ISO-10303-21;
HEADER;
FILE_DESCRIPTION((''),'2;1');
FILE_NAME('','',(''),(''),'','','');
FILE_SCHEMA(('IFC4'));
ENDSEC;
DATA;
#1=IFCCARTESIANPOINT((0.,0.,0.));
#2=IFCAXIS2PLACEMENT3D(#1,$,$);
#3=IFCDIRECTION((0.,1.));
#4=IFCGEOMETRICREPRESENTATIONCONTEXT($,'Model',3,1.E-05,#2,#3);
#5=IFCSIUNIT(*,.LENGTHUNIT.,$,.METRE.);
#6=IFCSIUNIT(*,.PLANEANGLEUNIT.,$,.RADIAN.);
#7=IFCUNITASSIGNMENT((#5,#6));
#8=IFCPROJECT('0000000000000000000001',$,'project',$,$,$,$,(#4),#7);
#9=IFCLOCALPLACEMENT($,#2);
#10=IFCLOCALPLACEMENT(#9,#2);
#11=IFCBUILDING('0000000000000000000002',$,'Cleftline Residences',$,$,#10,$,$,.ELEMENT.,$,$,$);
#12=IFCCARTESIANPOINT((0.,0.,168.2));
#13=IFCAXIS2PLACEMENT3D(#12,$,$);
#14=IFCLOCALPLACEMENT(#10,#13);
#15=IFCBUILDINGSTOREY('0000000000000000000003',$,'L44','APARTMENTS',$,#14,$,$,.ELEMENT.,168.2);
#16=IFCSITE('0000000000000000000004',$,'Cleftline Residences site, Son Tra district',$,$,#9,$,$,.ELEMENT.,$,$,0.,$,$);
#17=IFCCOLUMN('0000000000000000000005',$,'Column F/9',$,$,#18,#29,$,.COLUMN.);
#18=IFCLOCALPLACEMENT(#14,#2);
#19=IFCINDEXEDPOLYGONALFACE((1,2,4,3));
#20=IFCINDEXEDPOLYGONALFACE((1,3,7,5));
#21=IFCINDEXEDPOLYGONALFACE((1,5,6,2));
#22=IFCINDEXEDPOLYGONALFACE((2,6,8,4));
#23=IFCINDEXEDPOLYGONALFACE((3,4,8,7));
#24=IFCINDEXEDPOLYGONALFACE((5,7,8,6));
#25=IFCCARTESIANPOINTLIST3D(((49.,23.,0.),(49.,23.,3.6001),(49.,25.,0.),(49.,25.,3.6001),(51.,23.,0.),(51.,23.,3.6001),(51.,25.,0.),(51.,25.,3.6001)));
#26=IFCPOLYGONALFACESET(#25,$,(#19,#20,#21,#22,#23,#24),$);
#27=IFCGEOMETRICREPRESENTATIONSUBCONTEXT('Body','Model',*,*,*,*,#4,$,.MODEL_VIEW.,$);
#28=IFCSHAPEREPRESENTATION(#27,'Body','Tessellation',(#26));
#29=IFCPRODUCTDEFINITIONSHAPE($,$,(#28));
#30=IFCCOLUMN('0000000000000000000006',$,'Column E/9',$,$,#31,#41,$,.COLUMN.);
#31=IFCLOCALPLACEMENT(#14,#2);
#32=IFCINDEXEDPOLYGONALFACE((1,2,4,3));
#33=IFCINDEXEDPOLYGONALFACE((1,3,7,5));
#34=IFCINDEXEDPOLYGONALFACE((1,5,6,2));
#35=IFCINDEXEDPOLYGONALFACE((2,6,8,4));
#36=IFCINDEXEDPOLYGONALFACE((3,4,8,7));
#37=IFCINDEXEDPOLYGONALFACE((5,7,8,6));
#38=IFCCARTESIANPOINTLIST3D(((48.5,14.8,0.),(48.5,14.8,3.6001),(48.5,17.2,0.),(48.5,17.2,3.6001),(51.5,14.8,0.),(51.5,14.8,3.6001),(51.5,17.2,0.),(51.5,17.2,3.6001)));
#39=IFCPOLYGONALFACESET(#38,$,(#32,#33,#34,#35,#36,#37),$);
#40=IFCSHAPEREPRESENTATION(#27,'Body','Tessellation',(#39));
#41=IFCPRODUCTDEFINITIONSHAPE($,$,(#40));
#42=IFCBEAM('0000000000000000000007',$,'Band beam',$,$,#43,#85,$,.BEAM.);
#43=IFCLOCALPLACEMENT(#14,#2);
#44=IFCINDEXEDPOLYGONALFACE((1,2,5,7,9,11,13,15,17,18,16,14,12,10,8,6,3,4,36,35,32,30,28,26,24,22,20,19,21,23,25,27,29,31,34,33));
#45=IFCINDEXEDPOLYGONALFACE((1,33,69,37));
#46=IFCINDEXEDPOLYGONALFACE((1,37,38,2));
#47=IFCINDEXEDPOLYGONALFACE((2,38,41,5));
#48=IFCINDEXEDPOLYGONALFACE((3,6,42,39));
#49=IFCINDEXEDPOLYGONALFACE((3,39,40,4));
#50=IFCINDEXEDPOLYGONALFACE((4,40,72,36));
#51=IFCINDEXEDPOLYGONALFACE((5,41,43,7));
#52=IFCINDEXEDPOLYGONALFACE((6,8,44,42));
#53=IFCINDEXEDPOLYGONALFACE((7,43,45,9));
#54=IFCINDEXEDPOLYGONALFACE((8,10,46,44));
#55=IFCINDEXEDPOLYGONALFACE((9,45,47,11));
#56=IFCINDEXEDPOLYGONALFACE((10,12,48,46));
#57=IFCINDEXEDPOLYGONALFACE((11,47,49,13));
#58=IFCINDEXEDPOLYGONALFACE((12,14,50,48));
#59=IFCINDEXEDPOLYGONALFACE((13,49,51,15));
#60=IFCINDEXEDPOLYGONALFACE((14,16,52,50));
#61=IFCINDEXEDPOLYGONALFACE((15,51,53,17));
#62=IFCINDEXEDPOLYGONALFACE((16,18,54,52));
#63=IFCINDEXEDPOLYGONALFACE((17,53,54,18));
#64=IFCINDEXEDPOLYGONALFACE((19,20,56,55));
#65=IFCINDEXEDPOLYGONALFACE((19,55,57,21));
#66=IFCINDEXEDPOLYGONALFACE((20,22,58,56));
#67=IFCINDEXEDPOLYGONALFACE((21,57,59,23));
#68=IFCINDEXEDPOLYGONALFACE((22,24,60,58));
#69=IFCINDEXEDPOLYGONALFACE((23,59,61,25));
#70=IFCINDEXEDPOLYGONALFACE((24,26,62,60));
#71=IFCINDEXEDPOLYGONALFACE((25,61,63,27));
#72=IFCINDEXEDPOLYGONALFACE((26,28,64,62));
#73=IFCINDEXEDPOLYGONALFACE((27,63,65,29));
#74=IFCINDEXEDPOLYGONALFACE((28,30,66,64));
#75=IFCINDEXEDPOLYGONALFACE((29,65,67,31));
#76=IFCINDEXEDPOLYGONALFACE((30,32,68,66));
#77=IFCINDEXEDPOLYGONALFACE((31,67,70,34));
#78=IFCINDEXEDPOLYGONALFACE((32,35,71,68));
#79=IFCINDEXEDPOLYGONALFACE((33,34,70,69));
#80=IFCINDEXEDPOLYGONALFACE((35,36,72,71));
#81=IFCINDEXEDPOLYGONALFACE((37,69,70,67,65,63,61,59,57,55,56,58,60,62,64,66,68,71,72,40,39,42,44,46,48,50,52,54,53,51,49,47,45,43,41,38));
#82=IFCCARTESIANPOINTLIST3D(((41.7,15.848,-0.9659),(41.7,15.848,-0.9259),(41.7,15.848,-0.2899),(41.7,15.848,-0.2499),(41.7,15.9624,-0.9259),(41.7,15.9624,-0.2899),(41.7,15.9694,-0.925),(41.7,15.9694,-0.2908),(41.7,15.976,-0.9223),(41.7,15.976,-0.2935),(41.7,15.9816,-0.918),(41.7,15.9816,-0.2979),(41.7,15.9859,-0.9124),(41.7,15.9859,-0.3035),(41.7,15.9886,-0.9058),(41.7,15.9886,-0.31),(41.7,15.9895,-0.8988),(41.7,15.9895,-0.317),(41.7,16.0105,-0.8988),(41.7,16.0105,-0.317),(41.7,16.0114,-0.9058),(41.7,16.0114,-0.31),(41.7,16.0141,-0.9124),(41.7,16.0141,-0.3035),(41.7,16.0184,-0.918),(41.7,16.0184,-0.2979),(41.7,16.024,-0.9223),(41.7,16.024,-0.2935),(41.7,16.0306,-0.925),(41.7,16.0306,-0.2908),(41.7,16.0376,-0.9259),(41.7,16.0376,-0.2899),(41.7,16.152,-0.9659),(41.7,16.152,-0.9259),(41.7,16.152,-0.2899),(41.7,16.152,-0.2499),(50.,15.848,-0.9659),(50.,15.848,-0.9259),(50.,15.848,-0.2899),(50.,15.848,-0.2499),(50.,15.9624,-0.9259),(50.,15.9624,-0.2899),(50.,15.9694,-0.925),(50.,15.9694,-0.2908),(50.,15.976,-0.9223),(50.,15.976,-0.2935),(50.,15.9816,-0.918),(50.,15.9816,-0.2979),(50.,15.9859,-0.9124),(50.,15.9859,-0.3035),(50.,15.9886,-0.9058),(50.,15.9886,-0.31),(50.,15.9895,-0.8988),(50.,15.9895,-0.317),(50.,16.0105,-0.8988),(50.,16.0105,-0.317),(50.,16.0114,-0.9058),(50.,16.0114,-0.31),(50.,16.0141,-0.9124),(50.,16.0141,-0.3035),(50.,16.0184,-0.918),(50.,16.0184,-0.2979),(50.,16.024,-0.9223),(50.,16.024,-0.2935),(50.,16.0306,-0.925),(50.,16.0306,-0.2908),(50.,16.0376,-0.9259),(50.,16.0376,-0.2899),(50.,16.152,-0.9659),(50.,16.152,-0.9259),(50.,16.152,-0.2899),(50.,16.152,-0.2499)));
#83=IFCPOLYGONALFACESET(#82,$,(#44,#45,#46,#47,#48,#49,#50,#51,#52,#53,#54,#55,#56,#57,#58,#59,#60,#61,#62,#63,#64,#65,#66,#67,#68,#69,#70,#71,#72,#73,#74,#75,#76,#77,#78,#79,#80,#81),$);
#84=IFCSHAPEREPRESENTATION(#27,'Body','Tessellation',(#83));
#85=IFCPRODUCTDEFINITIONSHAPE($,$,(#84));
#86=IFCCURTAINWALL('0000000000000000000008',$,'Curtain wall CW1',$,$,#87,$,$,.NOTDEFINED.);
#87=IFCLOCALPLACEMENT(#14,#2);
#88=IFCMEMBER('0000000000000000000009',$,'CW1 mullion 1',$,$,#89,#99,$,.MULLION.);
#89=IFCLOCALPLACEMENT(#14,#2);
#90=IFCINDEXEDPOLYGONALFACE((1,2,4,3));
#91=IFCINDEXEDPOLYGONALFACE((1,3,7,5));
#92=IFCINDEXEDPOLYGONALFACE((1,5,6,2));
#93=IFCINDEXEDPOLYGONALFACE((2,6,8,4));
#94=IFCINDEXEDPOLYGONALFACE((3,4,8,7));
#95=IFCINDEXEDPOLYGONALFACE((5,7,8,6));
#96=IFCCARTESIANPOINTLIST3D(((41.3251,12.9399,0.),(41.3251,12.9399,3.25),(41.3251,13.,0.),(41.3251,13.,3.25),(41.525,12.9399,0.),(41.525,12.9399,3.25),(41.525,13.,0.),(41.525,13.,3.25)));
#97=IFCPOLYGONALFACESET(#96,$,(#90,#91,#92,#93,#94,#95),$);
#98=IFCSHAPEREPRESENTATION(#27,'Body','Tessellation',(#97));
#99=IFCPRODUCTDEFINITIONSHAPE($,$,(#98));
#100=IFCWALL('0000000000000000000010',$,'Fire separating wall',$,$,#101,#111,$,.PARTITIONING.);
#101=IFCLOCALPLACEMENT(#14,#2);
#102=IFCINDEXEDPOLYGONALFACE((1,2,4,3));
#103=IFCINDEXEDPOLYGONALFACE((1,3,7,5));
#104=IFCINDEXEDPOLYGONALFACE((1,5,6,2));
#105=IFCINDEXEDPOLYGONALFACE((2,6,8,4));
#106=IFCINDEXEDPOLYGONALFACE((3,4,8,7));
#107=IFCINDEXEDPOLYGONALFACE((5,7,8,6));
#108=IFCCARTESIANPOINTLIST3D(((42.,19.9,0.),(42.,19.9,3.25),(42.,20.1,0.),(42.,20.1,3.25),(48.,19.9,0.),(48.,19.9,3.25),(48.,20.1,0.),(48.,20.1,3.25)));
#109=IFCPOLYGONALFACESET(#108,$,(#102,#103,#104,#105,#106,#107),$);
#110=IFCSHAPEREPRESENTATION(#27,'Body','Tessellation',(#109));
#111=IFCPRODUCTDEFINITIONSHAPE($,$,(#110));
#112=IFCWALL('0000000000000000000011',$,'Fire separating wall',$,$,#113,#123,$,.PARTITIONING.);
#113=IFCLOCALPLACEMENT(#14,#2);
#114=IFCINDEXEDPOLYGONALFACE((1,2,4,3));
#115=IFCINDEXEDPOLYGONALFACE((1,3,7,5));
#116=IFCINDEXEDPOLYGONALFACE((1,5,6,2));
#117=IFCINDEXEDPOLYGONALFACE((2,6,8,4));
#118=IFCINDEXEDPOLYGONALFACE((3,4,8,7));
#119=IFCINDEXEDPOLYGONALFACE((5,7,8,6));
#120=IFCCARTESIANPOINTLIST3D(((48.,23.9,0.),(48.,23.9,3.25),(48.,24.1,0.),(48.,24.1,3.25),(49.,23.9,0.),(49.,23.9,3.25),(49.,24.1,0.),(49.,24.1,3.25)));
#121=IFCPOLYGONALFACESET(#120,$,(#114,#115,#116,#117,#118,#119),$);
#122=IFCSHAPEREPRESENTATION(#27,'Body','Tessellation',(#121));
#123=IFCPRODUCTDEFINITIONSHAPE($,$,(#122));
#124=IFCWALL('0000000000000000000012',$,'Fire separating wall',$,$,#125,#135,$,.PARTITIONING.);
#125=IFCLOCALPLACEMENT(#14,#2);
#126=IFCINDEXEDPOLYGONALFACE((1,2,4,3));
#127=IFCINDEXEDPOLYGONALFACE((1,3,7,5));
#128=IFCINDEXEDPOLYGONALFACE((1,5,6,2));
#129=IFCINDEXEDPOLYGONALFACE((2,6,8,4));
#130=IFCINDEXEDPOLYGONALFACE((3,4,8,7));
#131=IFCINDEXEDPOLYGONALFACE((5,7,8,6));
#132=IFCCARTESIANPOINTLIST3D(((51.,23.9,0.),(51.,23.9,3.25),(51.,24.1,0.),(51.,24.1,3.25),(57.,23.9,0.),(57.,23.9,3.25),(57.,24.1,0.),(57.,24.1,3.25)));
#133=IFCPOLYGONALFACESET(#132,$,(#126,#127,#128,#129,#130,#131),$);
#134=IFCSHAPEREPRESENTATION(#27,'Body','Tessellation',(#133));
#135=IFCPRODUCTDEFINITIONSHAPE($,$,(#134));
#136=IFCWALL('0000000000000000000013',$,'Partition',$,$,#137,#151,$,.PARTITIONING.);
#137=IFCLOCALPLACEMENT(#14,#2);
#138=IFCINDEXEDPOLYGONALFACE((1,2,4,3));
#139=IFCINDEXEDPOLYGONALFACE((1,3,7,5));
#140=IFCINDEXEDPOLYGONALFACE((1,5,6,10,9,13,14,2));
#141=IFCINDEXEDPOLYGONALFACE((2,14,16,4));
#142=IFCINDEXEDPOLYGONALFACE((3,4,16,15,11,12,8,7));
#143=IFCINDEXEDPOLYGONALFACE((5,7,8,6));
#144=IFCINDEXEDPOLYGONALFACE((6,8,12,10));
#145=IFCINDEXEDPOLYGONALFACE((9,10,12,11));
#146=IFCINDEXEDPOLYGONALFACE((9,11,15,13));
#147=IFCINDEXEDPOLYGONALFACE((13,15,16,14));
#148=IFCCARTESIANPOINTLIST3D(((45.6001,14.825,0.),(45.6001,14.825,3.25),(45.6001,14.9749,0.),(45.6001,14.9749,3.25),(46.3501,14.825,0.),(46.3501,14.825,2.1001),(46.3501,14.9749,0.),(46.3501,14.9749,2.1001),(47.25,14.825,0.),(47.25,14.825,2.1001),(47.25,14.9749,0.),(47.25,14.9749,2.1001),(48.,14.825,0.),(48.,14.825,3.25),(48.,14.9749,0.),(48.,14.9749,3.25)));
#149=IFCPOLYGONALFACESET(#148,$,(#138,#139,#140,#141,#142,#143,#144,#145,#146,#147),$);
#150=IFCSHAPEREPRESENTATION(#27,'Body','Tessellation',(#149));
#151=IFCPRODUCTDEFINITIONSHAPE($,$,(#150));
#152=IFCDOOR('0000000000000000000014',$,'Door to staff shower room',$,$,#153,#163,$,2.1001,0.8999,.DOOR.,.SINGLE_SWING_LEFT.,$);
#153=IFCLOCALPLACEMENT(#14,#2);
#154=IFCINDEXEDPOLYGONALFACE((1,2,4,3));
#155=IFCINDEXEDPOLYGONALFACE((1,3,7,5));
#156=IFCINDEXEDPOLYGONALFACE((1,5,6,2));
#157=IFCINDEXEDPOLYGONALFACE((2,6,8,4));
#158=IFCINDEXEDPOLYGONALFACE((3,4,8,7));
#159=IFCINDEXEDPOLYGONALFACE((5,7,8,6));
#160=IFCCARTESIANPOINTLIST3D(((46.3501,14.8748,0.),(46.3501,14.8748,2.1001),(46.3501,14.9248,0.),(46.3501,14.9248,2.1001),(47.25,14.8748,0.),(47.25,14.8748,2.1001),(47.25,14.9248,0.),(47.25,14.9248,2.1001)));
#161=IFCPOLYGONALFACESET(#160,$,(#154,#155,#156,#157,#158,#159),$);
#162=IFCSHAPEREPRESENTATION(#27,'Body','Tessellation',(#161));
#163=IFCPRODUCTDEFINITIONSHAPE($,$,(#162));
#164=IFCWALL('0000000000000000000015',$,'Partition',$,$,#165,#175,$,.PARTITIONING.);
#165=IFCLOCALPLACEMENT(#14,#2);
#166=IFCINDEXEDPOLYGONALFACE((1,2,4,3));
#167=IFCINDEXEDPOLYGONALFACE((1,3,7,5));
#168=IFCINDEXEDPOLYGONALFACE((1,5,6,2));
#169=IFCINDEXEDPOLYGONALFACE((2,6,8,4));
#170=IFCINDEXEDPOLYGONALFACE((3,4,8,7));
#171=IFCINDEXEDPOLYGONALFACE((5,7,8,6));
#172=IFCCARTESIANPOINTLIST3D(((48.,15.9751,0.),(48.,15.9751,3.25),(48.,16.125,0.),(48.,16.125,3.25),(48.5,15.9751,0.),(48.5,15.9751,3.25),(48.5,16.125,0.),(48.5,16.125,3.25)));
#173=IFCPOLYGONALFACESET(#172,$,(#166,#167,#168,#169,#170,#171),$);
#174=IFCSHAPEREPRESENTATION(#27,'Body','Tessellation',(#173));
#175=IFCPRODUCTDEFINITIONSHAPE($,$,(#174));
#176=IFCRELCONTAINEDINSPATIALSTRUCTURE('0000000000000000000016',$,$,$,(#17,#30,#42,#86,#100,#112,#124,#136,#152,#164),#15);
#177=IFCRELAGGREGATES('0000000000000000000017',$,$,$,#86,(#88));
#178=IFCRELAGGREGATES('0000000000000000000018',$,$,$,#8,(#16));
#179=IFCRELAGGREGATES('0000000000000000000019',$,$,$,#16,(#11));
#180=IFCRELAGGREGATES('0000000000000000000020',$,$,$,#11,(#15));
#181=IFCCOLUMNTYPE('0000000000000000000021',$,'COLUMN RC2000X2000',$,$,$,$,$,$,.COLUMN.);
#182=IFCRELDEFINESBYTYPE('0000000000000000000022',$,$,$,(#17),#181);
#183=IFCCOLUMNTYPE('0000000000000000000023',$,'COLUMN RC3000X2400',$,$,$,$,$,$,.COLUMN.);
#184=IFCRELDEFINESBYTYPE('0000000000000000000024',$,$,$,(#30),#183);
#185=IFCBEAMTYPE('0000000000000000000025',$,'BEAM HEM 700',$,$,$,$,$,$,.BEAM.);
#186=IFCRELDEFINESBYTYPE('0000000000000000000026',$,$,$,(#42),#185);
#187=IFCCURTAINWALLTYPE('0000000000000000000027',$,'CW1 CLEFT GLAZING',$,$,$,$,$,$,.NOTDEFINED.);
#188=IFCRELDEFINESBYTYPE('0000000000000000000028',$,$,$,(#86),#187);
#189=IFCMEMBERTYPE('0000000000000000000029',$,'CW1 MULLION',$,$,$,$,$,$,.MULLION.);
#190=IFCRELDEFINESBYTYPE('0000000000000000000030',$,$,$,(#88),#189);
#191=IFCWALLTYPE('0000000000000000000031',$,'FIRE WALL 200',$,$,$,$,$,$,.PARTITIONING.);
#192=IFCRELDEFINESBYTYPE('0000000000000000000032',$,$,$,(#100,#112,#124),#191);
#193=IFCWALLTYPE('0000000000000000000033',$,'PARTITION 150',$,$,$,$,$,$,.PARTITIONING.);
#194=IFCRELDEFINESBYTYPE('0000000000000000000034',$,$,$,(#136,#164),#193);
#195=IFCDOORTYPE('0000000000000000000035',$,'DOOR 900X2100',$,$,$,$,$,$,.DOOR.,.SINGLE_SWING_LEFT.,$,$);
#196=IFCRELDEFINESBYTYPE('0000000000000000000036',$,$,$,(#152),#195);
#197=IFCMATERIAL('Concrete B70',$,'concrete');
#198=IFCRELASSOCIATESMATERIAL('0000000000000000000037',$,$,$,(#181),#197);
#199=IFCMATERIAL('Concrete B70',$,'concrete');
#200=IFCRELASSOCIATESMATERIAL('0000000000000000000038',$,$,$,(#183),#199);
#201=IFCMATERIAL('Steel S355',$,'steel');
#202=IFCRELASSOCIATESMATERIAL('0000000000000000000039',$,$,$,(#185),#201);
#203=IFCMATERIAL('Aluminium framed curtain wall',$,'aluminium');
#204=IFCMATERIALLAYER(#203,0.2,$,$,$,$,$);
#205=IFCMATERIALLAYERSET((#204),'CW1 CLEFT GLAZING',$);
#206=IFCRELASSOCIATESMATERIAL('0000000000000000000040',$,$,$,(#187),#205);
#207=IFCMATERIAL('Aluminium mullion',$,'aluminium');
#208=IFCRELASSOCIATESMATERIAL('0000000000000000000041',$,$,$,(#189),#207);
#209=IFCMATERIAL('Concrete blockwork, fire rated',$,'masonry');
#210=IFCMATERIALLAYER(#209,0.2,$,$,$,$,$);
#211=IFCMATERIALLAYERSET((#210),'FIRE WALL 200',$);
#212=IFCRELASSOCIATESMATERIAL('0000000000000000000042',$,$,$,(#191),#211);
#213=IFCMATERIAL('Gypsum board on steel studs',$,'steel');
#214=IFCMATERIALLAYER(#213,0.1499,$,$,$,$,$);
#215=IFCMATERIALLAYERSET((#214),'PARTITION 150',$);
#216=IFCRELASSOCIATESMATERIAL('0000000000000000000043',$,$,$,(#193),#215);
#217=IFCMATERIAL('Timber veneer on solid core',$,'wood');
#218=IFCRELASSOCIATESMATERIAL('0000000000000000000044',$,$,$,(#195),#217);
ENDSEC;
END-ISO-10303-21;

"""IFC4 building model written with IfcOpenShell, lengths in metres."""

from ifc_helpers import new_model, si_unit, direction, frame, frame_2d, origin, origin_2d, place, context, subcontext, project, spatial, rectangle, i_section, extrude, material, layer, layer_set, material_profile, profile_set, type_object, element, fill, aggregate, save


model = new_model("IFC4")

# Units and contexts
model_context = context("Model", 3, precision=1e-05, world=origin(), true_north=direction((0.0, 1.0)))
body_context = subcontext(model_context, "Body", "Model", "MODEL_VIEW")
ifc_project = project(units=[si_unit("LENGTHUNIT", "METRE"), si_unit("PLANEANGLEUNIT", "RADIAN")], contexts=[model_context])

# Site, building, storey
site_placement = place(None, origin())
site = spatial("IfcSite", under=ifc_project, at=site_placement, Name="Cleftline Residences site, Son Tra district", CompositionType="ELEMENT", RefElevation=0.0)
building_placement = place(site_placement, origin())
building = spatial("IfcBuilding", under=site, at=building_placement, Name="Cleftline Residences", CompositionType="ELEMENT")
storey_placement = place(building_placement, frame((0.0, 0.0, 168.2)))
storey = spatial("IfcBuildingStorey", under=building, at=storey_placement, Name="L44", Description="APARTMENTS", CompositionType="ELEMENT", Elevation=168.2)

# Columns
ifc_material_1 = material(Name="Concrete B70", Category="concrete")
ifc_material_profile_1 = material_profile(ifc_material_1, rectangle(XDim=2.0, YDim=2.0, at=origin_2d()))
ifc_profile_set_1 = profile_set([ifc_material_profile_1], Name="Concrete B70")
column_type_1 = type_object("IfcColumnType", Name="COLUMN RC2000X2000", PredefinedType="COLUMN", material=ifc_profile_set_1)
column_1_placement = place(storey_placement, frame((50.0, 24.0, 0.0), z_axis=(0.0, 0.0, 1.0), x_axis=(1.0, 0.0, 0.0)))
element("IfcColumn", 1, at=column_1_placement, inside=storey, type_object=column_type_1, Name="Column F/9", PredefinedType="COLUMN", context=body_context, shape_type="SweptSolid", body=[
    extrude(rectangle(XDim=2.0, YDim=2.0, at=origin_2d()), origin(), (0.0, 0.0, 1.0), 3.6001),
])
ifc_material_2 = material(Name="Concrete B70", Category="concrete")
ifc_material_profile_2 = material_profile(ifc_material_2, rectangle(XDim=3.0, YDim=2.3999, at=origin_2d()))
ifc_profile_set_2 = profile_set([ifc_material_profile_2], Name="Concrete B70")
column_type_2 = type_object("IfcColumnType", Name="COLUMN RC3000X2400", PredefinedType="COLUMN", material=ifc_profile_set_2)
column_2_placement = place(storey_placement, frame((50.0, 16.0, 0.0), z_axis=(0.0, 0.0, 1.0), x_axis=(1.0, 0.0, 0.0)))
element("IfcColumn", 2, at=column_2_placement, inside=storey, type_object=column_type_2, Name="Column E/9", PredefinedType="COLUMN", context=body_context, shape_type="SweptSolid", body=[
    extrude(rectangle(XDim=3.0, YDim=2.3999, at=origin_2d()), origin(), (0.0, 0.0, 1.0), 3.6001),
])

# Beam
ifc_material_3 = material(Name="Steel S355", Category="steel")
ifc_material_profile_3 = material_profile(ifc_material_3, i_section(OverallWidth=0.304, OverallDepth=0.7161, WebThickness=0.021, FlangeThickness=0.04, FilletRadius=0.0271, at=origin_2d()))
ifc_profile_set_3 = profile_set([ifc_material_profile_3], Name="Steel S355")
beam_type = type_object("IfcBeamType", Name="BEAM HEM 700", PredefinedType="BEAM", material=ifc_profile_set_3)
beam_placement = place(storey_placement, frame((50.0, 16.0, -0.6079), z_axis=(-1.0, 0.0, 0.0), x_axis=(0.0, -1.0, 0.0)))
element("IfcBeam", 3, at=beam_placement, inside=storey, type_object=beam_type, Name="Band beam", PredefinedType="BEAM", context=body_context, shape_type="SweptSolid", body=[
    extrude(i_section(OverallWidth=0.304, OverallDepth=0.7161, WebThickness=0.021, FlangeThickness=0.04, FilletRadius=0.0271, at=origin_2d()), origin(), (0.0, 0.0, 1.0), 8.3),
])

# Curtain wall, member
ifc_material_4 = material(Name="Aluminium framed curtain wall", Category="aluminium")
ifc_layer_1 = layer(ifc_material_4, 0.2)
ifc_layer_set_1 = layer_set([ifc_layer_1], Name="CW1 CLEFT GLAZING")
curtain_wall_type = type_object("IfcCurtainWallType", Name="CW1 CLEFT GLAZING", PredefinedType="NOTDEFINED", material=ifc_layer_set_1)
curtain_wall_placement = place(storey_placement, origin())
curtain_wall = element("IfcCurtainWall", 4, at=curtain_wall_placement, inside=storey, type_object=curtain_wall_type, Name="Curtain wall CW1", PredefinedType="NOTDEFINED")
ifc_material_5 = material(Name="Aluminium mullion", Category="aluminium")
ifc_material_profile_4 = material_profile(ifc_material_5, rectangle(XDim=0.2, YDim=0.0601, at=origin_2d()))
ifc_profile_set_4 = profile_set([ifc_material_profile_4], Name="Aluminium mullion")
member_type = type_object("IfcMemberType", Name="CW1 MULLION", PredefinedType="MULLION", material=ifc_profile_set_4)
member_placement = place(storey_placement, frame((41.425, 12.97, 0.0), z_axis=(0.0, 0.0, 1.0), x_axis=(1.0, 0.0, 0.0)))
member = element("IfcMember", 5, at=member_placement, type_object=member_type, Name="CW1 mullion 1", PredefinedType="MULLION", context=body_context, shape_type="SweptSolid", body=[
    extrude(rectangle(XDim=0.2, YDim=0.0601, at=origin_2d()), origin(), (0.0, 0.0, 1.0), 3.25),
])
aggregate(curtain_wall, [member])

# Walls
ifc_material_6 = material(Name="Concrete blockwork, fire rated", Category="masonry")
ifc_layer_2 = layer(ifc_material_6, 0.2)
ifc_layer_set_2 = layer_set([ifc_layer_2], Name="FIRE WALL 200")
wall_type_1 = type_object("IfcWallType", Name="FIRE WALL 200", PredefinedType="PARTITIONING", material=ifc_layer_set_2)
wall_1_placement = place(storey_placement, frame((42.0, 20.0, 0.0), z_axis=(0.0, 0.0, 1.0), x_axis=(1.0, 0.0, 0.0)))
element("IfcWall", 6, at=wall_1_placement, inside=storey, type_object=wall_type_1, Name="Fire separating wall", PredefinedType="PARTITIONING", context=body_context, shape_type="SweptSolid", body=[
    extrude(rectangle(XDim=6.0, YDim=0.2, at=frame_2d((3.0, 0.0))), origin(), (0.0, 0.0, 1.0), 3.25),
])
wall_2_placement = place(storey_placement, frame((48.0, 24.0, 0.0), z_axis=(0.0, 0.0, 1.0), x_axis=(1.0, 0.0, 0.0)))
element("IfcWall", 7, at=wall_2_placement, inside=storey, type_object=wall_type_1, Name="Fire separating wall", PredefinedType="PARTITIONING", context=body_context, shape_type="SweptSolid", body=[
    extrude(rectangle(XDim=1.0, YDim=0.2, at=frame_2d((0.5, 0.0))), origin(), (0.0, 0.0, 1.0), 3.25),
])
wall_3_placement = place(storey_placement, frame((51.0, 24.0, 0.0), z_axis=(0.0, 0.0, 1.0), x_axis=(1.0, 0.0, 0.0)))
element("IfcWall", 8, at=wall_3_placement, inside=storey, type_object=wall_type_1, Name="Fire separating wall", PredefinedType="PARTITIONING", context=body_context, shape_type="SweptSolid", body=[
    extrude(rectangle(XDim=6.0, YDim=0.2, at=frame_2d((3.0, 0.0))), origin(), (0.0, 0.0, 1.0), 3.25),
])

# Wall, opening, door
ifc_material_7 = material(Name="Gypsum board on steel studs", Category="steel")
ifc_layer_3 = layer(ifc_material_7, 0.1499)
ifc_layer_set_3 = layer_set([ifc_layer_3], Name="PARTITION 150")
wall_type_2 = type_object("IfcWallType", Name="PARTITION 150", PredefinedType="PARTITIONING", material=ifc_layer_set_3)
wall_4_placement = place(storey_placement, frame((45.6001, 14.8999, 0.0), z_axis=(0.0, 0.0, 1.0), x_axis=(1.0, 0.0, 0.0)))
wall_4 = element("IfcWall", 9, at=wall_4_placement, inside=storey, type_object=wall_type_2, Name="Partition", PredefinedType="PARTITIONING", context=body_context, shape_type="SweptSolid", body=[
    extrude(rectangle(XDim=2.3999, YDim=0.1499, at=frame_2d((1.2, 0.0))), origin(), (0.0, 0.0, 1.0), 3.25),
])
opening_1_placement = place(wall_4_placement, frame((0.75, 0.0, 0.0)))
opening_1 = element("IfcOpeningElement", 10, at=opening_1_placement, cuts=wall_4, PredefinedType="OPENING", context=body_context, shape_type="SweptSolid", body=[
    extrude(rectangle(XDim=0.8999, YDim=2.1001, at=frame_2d((0.45, 1.05))), frame((0.0, 0.085, 0.0), z_axis=(0.0, -1.0, 0.0), x_axis=(1.0, 0.0, 0.0)), (0.0, 0.0, 1.0), 0.1699),
])
ifc_material_8 = material(Name="Timber veneer on solid core", Category="wood")
door_type_1 = type_object("IfcDoorType", Name="DOOR 900X2100", OperationType="SINGLE_SWING_LEFT", PredefinedType="DOOR", material=ifc_material_8)
door_1_placement = place(opening_1_placement, origin())
door_1 = element("IfcDoor", 11, at=door_1_placement, inside=storey, type_object=door_type_1, Name="Door to staff shower room", OperationType="SINGLE_SWING_LEFT", OverallHeight=2.1001, OverallWidth=0.8999, PredefinedType="DOOR", context=body_context, shape_type="SweptSolid", body=[
    extrude(rectangle(XDim=0.8999, YDim=2.1001, at=frame_2d((0.45, 1.05))), frame((0.0, 0.0249, 0.0), z_axis=(0.0, -1.0, 0.0), x_axis=(1.0, 0.0, 0.0)), (0.0, 0.0, 1.0), 0.05),
])
fill(opening_1, door_1)

# Wall
wall_5_placement = place(storey_placement, frame((48.0, 16.05, 0.0), z_axis=(0.0, 0.0, 1.0), x_axis=(1.0, 0.0, 0.0)))
element("IfcWall", 12, at=wall_5_placement, inside=storey, type_object=wall_type_2, Name="Partition", PredefinedType="PARTITIONING", context=body_context, shape_type="SweptSolid", body=[
    extrude(rectangle(XDim=0.5, YDim=0.1499, at=frame_2d((0.25, 0.0))), origin(), (0.0, 0.0, 1.0), 3.25),
])

save(model, "model.ifc")
